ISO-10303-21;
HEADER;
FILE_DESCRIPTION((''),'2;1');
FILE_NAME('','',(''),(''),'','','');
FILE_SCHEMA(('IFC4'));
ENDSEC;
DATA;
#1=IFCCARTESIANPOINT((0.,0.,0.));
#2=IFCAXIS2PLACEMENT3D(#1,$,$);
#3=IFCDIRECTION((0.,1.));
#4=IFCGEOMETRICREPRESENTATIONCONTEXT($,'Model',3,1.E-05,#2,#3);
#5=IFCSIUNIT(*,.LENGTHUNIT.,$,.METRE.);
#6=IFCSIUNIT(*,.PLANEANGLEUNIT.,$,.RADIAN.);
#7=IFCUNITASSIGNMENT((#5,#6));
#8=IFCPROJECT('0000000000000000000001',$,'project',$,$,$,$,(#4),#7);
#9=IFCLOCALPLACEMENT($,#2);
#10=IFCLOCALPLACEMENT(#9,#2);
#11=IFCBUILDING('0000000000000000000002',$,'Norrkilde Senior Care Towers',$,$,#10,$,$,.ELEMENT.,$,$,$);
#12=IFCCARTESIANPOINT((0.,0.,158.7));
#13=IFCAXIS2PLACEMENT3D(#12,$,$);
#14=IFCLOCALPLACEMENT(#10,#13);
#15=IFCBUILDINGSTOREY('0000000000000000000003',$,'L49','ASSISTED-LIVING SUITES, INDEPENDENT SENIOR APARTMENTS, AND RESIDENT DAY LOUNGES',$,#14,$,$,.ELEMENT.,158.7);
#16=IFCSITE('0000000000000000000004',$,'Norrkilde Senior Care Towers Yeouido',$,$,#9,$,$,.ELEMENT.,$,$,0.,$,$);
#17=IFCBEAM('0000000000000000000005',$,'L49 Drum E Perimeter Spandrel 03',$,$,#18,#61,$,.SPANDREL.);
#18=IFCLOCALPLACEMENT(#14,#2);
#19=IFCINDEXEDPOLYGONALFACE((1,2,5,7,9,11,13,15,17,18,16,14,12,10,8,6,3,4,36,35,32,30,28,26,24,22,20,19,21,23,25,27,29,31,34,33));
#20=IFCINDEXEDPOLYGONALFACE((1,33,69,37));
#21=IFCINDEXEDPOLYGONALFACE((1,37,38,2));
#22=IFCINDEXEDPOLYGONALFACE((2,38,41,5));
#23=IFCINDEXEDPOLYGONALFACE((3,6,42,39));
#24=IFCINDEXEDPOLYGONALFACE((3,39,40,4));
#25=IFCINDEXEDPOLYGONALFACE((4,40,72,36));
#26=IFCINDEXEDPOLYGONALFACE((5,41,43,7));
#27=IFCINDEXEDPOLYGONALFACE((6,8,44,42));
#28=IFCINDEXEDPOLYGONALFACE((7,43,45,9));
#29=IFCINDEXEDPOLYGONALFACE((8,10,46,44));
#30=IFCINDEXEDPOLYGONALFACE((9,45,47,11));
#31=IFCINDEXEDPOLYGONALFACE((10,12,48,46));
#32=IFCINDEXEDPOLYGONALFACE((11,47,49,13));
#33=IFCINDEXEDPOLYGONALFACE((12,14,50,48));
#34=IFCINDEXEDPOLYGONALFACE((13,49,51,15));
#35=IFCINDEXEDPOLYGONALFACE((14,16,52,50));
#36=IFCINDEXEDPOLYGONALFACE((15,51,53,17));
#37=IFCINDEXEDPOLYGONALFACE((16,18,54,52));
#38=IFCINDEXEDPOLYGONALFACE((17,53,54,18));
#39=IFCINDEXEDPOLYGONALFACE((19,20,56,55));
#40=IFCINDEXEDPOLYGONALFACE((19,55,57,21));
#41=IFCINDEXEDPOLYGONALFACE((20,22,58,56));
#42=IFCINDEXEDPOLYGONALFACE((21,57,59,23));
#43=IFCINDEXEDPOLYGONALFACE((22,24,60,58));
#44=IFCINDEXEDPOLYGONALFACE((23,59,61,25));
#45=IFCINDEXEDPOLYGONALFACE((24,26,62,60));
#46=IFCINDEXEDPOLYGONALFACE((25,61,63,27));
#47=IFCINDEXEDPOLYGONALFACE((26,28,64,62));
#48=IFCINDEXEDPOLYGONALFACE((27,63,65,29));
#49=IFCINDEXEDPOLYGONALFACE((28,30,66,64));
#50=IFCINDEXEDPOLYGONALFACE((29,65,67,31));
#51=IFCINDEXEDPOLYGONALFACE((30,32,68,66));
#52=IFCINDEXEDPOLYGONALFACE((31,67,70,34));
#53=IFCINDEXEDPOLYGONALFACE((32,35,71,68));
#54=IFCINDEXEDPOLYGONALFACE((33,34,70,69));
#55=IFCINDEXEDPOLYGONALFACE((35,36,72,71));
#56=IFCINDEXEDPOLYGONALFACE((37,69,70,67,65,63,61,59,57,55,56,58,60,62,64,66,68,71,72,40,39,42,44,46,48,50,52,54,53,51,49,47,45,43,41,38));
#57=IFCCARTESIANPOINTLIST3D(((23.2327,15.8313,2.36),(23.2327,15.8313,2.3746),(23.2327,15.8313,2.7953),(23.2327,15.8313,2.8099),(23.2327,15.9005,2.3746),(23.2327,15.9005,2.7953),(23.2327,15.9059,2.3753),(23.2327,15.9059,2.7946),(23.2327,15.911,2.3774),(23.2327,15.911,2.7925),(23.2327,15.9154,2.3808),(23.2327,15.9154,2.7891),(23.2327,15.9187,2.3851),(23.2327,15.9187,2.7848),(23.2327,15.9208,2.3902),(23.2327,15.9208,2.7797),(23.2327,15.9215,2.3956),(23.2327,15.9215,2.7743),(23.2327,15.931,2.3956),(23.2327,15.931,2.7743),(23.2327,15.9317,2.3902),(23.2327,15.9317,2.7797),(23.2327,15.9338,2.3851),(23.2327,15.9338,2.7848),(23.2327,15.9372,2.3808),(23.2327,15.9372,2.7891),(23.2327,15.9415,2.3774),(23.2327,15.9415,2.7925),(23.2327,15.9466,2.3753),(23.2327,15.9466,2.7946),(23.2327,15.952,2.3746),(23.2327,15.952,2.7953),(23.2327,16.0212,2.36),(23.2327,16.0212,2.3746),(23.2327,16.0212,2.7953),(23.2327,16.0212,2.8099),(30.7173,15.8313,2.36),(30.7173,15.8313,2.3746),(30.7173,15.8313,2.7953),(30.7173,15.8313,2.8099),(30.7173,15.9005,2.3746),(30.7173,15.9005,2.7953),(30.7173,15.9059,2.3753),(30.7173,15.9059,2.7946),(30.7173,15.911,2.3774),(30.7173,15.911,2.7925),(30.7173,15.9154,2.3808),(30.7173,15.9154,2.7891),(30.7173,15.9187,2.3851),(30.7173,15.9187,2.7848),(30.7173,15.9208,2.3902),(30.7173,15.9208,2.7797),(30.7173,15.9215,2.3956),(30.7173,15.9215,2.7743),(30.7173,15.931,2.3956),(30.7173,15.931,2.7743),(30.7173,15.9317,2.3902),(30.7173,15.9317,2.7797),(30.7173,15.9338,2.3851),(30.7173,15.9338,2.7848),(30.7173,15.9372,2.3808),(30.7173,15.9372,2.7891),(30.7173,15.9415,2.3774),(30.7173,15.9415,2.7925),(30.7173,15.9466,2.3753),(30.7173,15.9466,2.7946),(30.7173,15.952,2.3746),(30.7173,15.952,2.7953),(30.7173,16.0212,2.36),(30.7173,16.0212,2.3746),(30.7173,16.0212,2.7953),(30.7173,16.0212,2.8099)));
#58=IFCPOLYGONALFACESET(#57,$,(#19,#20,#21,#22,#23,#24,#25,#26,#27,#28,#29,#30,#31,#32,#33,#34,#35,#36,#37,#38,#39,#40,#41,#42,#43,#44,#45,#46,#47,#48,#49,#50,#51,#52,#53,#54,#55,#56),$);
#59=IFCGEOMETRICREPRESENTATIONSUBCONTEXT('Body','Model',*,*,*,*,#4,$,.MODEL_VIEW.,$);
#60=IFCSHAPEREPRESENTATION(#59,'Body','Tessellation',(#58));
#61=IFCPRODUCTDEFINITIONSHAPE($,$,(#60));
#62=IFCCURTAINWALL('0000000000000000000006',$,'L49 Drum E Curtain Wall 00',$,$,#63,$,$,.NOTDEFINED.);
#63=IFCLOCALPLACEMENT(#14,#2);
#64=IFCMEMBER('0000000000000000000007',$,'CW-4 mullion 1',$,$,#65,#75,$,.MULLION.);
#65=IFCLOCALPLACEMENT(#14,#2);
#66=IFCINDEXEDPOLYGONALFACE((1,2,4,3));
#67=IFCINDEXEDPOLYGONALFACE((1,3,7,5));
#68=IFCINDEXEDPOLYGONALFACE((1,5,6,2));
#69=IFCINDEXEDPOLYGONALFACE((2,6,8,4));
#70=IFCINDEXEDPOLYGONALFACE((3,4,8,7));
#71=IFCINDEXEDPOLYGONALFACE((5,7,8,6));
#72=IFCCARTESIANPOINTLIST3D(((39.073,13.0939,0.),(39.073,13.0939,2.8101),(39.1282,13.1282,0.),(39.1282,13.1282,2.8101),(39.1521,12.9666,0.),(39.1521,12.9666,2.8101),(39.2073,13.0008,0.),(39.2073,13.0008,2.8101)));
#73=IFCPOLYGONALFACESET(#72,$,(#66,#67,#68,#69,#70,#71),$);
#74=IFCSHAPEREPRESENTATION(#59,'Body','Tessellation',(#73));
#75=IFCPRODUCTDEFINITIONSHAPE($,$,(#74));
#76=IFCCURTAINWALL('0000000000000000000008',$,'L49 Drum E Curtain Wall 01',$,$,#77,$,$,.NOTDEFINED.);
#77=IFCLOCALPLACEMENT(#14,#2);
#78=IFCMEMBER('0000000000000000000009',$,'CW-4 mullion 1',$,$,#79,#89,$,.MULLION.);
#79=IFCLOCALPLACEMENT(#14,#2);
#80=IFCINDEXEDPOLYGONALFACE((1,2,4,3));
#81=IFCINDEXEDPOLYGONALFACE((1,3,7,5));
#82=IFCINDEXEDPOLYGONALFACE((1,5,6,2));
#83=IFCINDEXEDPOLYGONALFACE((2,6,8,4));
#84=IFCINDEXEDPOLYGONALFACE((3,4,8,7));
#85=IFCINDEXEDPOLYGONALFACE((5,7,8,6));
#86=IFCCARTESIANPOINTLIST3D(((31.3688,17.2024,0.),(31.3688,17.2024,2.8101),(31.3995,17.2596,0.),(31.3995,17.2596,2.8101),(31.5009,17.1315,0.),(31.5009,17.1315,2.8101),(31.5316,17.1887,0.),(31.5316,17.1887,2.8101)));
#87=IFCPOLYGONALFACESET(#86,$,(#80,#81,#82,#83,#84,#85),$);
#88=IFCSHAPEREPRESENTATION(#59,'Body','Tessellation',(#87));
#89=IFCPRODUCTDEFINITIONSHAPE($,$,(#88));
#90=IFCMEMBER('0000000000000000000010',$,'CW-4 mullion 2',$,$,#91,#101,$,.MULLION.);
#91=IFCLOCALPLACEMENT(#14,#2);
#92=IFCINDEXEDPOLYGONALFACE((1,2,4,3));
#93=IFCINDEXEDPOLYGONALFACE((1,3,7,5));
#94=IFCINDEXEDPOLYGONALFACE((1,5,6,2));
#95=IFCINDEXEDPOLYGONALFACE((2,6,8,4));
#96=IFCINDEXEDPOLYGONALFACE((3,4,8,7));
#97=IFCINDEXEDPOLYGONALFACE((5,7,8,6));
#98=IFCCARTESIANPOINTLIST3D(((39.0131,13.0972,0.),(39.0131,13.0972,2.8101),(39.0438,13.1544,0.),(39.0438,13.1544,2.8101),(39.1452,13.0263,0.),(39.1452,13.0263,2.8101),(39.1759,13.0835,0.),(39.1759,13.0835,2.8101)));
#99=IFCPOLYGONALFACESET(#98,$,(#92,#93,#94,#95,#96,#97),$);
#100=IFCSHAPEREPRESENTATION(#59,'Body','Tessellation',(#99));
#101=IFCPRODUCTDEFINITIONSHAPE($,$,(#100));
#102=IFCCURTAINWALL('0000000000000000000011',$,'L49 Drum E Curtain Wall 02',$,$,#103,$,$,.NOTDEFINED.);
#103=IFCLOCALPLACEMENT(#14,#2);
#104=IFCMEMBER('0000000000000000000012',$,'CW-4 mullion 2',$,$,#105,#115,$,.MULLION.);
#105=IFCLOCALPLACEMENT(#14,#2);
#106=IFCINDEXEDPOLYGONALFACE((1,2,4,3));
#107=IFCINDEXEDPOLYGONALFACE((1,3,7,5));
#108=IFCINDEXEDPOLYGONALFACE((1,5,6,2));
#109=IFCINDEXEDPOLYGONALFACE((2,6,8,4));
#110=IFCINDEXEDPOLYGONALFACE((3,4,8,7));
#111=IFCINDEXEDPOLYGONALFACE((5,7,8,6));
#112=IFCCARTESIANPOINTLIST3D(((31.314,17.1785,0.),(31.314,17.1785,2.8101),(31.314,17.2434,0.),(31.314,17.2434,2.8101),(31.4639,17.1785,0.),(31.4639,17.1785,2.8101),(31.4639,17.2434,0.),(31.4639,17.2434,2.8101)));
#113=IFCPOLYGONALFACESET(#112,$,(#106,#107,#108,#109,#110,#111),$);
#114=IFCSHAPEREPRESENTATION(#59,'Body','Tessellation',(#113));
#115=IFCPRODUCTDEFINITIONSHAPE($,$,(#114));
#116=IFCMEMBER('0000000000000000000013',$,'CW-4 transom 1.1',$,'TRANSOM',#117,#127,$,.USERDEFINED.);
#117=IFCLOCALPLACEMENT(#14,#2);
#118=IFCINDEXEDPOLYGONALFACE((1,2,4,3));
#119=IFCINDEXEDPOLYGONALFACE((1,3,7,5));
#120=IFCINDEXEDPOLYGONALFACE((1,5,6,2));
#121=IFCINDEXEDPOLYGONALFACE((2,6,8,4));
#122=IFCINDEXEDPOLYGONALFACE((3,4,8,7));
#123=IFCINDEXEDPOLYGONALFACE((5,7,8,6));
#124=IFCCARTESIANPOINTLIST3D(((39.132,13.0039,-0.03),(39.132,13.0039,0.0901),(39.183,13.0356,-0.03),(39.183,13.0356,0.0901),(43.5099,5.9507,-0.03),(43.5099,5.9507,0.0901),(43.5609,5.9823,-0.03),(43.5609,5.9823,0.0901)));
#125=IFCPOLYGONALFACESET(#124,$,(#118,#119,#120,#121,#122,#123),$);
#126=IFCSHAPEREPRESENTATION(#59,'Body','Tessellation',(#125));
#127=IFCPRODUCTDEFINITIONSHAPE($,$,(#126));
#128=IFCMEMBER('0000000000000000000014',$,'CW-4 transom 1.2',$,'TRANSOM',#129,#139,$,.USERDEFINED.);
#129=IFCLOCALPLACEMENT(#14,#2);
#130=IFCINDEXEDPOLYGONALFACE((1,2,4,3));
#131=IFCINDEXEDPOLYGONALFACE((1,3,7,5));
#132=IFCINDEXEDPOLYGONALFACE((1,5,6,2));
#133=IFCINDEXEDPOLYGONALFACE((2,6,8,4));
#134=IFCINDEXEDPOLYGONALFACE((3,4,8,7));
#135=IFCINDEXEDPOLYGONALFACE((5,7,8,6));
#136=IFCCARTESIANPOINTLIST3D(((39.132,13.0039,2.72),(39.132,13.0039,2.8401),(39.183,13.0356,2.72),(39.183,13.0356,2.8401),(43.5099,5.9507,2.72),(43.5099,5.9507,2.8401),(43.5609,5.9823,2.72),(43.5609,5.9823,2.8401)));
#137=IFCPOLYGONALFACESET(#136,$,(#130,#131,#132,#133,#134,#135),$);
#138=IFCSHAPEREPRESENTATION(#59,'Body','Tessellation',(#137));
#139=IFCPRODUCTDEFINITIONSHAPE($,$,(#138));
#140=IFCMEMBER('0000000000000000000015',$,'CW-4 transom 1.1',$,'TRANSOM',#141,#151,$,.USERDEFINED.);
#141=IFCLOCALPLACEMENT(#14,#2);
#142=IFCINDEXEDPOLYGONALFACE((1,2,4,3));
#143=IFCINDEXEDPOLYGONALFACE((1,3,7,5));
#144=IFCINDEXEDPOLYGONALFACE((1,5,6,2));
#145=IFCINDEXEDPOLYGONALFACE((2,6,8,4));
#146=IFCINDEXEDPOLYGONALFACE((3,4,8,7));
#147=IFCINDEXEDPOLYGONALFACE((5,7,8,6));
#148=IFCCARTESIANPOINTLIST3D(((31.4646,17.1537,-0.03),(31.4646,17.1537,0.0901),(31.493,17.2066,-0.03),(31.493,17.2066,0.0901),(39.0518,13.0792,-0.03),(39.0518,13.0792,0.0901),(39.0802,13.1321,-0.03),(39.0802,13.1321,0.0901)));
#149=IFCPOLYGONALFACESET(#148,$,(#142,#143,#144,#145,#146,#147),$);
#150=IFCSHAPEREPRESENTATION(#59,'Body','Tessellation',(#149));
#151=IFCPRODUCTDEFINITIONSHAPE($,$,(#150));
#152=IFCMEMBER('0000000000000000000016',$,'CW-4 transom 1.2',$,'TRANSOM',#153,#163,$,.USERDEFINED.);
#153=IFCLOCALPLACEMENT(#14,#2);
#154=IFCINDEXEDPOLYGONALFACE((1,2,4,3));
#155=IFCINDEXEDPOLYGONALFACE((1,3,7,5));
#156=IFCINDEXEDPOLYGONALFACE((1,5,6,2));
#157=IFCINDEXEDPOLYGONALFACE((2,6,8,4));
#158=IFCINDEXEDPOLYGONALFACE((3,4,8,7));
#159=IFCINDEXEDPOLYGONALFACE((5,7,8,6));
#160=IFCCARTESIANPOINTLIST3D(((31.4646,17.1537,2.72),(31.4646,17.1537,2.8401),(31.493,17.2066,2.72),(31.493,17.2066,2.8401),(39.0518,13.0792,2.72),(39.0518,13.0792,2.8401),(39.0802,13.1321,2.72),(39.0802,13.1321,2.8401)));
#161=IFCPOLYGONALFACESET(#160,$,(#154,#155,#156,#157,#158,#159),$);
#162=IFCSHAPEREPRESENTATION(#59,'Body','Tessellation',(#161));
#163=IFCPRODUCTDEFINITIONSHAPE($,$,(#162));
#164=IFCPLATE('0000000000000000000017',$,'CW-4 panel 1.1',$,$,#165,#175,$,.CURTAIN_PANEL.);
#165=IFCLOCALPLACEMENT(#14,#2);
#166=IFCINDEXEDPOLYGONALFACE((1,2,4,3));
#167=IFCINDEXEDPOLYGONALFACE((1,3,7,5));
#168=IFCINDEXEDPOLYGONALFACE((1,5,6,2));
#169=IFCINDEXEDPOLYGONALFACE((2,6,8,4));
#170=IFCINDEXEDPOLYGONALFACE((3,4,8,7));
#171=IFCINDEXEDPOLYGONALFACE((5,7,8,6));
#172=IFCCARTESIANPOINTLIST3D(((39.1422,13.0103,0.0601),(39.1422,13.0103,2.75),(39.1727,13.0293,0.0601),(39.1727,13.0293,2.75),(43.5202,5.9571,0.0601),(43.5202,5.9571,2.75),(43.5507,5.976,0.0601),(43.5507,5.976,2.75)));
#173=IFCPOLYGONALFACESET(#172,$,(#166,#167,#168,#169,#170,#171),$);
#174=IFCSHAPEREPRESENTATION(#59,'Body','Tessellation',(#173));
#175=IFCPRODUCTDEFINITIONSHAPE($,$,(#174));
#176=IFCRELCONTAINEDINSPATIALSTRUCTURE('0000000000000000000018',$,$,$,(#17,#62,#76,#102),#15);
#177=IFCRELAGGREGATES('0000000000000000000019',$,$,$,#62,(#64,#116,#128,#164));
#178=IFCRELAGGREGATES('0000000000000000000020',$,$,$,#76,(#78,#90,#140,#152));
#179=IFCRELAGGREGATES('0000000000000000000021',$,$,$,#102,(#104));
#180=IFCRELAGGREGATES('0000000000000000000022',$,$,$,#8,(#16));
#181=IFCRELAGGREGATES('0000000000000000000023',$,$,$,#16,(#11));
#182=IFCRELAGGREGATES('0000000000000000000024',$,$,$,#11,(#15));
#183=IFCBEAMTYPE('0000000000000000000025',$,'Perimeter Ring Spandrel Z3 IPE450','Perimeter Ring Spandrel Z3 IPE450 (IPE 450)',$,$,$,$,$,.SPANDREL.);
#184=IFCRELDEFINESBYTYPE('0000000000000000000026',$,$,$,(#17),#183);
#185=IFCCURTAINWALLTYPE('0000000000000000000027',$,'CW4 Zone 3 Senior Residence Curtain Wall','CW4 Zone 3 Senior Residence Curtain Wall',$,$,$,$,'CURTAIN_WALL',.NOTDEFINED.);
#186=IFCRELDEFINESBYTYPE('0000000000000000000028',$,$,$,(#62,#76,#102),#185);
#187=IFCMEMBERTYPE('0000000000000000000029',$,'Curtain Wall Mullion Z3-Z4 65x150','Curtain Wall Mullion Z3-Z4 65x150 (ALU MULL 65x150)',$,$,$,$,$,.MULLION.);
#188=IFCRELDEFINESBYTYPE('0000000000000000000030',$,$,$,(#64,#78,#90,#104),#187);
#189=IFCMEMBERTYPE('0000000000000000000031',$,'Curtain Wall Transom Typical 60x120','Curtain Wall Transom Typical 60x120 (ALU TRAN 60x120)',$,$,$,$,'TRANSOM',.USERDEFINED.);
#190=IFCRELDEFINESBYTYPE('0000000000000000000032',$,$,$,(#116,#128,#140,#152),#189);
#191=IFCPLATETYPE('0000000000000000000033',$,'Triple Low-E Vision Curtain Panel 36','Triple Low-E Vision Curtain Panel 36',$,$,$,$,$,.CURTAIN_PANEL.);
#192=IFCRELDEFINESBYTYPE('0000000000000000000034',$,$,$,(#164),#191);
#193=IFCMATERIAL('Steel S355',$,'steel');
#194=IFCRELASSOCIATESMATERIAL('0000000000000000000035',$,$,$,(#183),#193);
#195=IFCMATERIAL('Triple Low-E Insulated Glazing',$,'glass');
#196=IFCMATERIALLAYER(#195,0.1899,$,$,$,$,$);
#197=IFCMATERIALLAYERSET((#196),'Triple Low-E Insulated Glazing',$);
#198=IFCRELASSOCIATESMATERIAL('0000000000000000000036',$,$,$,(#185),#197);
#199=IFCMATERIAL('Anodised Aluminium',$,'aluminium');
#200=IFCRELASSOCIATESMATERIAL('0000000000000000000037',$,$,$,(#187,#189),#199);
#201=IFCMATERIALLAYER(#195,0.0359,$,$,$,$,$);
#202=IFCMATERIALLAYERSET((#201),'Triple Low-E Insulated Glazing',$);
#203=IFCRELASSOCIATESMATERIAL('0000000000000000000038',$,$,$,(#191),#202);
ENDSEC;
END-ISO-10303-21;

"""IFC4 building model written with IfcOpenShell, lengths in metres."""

from ifc_helpers import new_model, si_unit, direction, frame, origin, origin_2d, place, context, subcontext, project, spatial, rectangle, i_section, extrude, source, transform, mapped, material, layer, layer_set, material_profile, profile_set, type_object, type_shapes, element, aggregate, save


model = new_model("IFC4")

# Units and contexts
model_context = context("Model", 3, precision=1e-05, world=origin(), true_north=direction((0.0, 1.0)))
body_context = subcontext(model_context, "Body", "Model", "MODEL_VIEW")
ifc_project = project(units=[si_unit("LENGTHUNIT", "METRE"), si_unit("PLANEANGLEUNIT", "RADIAN")], contexts=[model_context])

# Site, building, storey
site_placement = place(None, origin())
site = spatial("IfcSite", under=ifc_project, at=site_placement, Name="Norrkilde Senior Care Towers Yeouido", CompositionType="ELEMENT", RefElevation=0.0)
building_placement = place(site_placement, origin())
building = spatial("IfcBuilding", under=site, at=building_placement, Name="Norrkilde Senior Care Towers", CompositionType="ELEMENT")
storey_placement = place(building_placement, frame((0.0, 0.0, 158.7)))
storey = spatial("IfcBuildingStorey", under=building, at=storey_placement, Name="L49", Description="ASSISTED-LIVING SUITES, INDEPENDENT SENIOR APARTMENTS, AND RESIDENT DAY LOUNGES", CompositionType="ELEMENT", Elevation=158.7)

# Beam
ifc_material_1 = material(Name="Steel S355", Category="steel")
ifc_material_profile_1 = material_profile(ifc_material_1, i_section(OverallWidth=0.1899, OverallDepth=0.45, WebThickness=0.0095, FlangeThickness=0.0146, FilletRadius=0.021, at=origin_2d()), Name="IPE 450")
ifc_profile_set_1 = profile_set([ifc_material_profile_1], Name="Steel S355")
beam_type = type_object("IfcBeamType", Name="Perimeter Ring Spandrel Z3 IPE450", Description="Perimeter Ring Spandrel Z3 IPE450 (IPE 450)", PredefinedType="SPANDREL", material=ifc_profile_set_1)
shared_shape_1 = source(origin(), body_context, "Body", "SweptSolid", [
    extrude(i_section(OverallWidth=0.1899, OverallDepth=0.45, WebThickness=0.0095, FlangeThickness=0.0146, FilletRadius=0.021, at=origin_2d()), origin(), (0.0, 0.0, 1.0), 7.4846),
])
beam_1_placement = place(storey_placement, frame((30.7173, 15.9263, 2.585), z_axis=(-1.0, 0.0, 0.0), x_axis=(0.0, -1.0, 0.0)))
element("IfcBeam", 1, at=beam_1_placement, inside=storey, type_object=beam_type, Name="L49 Drum E Perimeter Spandrel 03", PredefinedType="SPANDREL", context=body_context, shape_type="MappedRepresentation", body=[
    mapped(shared_shape_1, transform((0.0, 0.0, 0.0), x_axis=(1.0, 0.0, 0.0), y_axis=(0.0, 1.0, 0.0), z_axis=(0.0, 0.0, 1.0), scale=1.0)),
])

# Curtain wall, member
ifc_material_2 = material(Name="Triple Low-E Insulated Glazing", Category="glass")
ifc_layer_1 = layer(ifc_material_2, 0.1899)
ifc_layer_set_1 = layer_set([ifc_layer_1], Name="Triple Low-E Insulated Glazing")
curtain_wall_type = type_object("IfcCurtainWallType", Name="CW4 Zone 3 Senior Residence Curtain Wall", Description="CW4 Zone 3 Senior Residence Curtain Wall", ElementType="CURTAIN_WALL", PredefinedType="NOTDEFINED", material=ifc_layer_set_1)
curtain_wall_1_placement = place(storey_placement, origin())
curtain_wall_1 = element("IfcCurtainWall", 2, at=curtain_wall_1_placement, inside=storey, type_object=curtain_wall_type, Name="L49 Drum E Curtain Wall 00", PredefinedType="NOTDEFINED")
ifc_material_3 = material(Name="Anodised Aluminium", Category="aluminium")
ifc_material_profile_2 = material_profile(ifc_material_3, rectangle(XDim=0.0649, YDim=0.1499, at=origin_2d()), Name="ALU MULL 65x150")
ifc_profile_set_2 = profile_set([ifc_material_profile_2], Name="Anodised Aluminium")
member_type_1 = type_object("IfcMemberType", Name="Curtain Wall Mullion Z3-Z4 65x150", Description="Curtain Wall Mullion Z3-Z4 65x150 (ALU MULL 65x150)", PredefinedType="MULLION", material=ifc_profile_set_2)
shared_shape_2 = source(origin(), body_context, "Body", "SweptSolid", [
    extrude(rectangle(XDim=0.0649, YDim=0.1499, at=origin_2d()), origin(), (0.0, 0.0, 1.0), 2.8101),
])
type_shapes(member_type_1, [shared_shape_2])
member_1_placement = place(storey_placement, frame((39.1401, 13.0474, 0.0), z_axis=(0.0, 0.0, 1.0), x_axis=(0.849634, 0.527373, 0.0)))
member_1 = element("IfcMember", 3, at=member_1_placement, type_object=member_type_1, Name="CW-4 mullion 1", PredefinedType="MULLION", context=body_context, shape_type="MappedRepresentation", body=[
    mapped(shared_shape_2, transform((0.0, 0.0, 0.0), x_axis=(1.0, 0.0, 0.0), y_axis=(0.0, 1.0, 0.0), z_axis=(0.0, 0.0, 1.0), scale=1.0)),
])

# Curtain wall, members
curtain_wall_2_placement = place(storey_placement, origin())
curtain_wall_2 = element("IfcCurtainWall", 4, at=curtain_wall_2_placement, inside=storey, type_object=curtain_wall_type, Name="L49 Drum E Curtain Wall 01", PredefinedType="NOTDEFINED")
member_2_placement = place(storey_placement, frame((31.4502, 17.1956, 0.0), z_axis=(0.0, 0.0, 1.0), x_axis=(0.473117, 0.881, 0.0)))
member_2 = element("IfcMember", 5, at=member_2_placement, type_object=member_type_1, Name="CW-4 mullion 1", PredefinedType="MULLION", context=body_context, shape_type="MappedRepresentation", body=[
    mapped(shared_shape_2, transform((0.0, 0.0, 0.0), x_axis=(1.0, 0.0, 0.0), y_axis=(0.0, 1.0, 0.0), z_axis=(0.0, 0.0, 1.0), scale=1.0)),
])
member_3_placement = place(storey_placement, frame((39.0945, 13.0903, 0.0), z_axis=(0.0, 0.0, 1.0), x_axis=(0.473117, 0.881, 0.0)))
member_3 = element("IfcMember", 6, at=member_3_placement, type_object=member_type_1, Name="CW-4 mullion 2", PredefinedType="MULLION", context=body_context, shape_type="MappedRepresentation", body=[
    mapped(shared_shape_2, transform((0.0, 0.0, 0.0), x_axis=(1.0, 0.0, 0.0), y_axis=(0.0, 1.0, 0.0), z_axis=(0.0, 0.0, 1.0), scale=1.0)),
])

# Curtain wall, member
curtain_wall_3_placement = place(storey_placement, origin())
curtain_wall_3 = element("IfcCurtainWall", 7, at=curtain_wall_3_placement, inside=storey, type_object=curtain_wall_type, Name="L49 Drum E Curtain Wall 02", PredefinedType="NOTDEFINED")
member_4_placement = place(storey_placement, frame((31.3889, 17.2109, 0.0), z_axis=(0.0, 0.0, 1.0), x_axis=(0.0, 1.0, 0.0)))
member_4 = element("IfcMember", 8, at=member_4_placement, type_object=member_type_1, Name="CW-4 mullion 2", PredefinedType="MULLION", context=body_context, shape_type="MappedRepresentation", body=[
    mapped(shared_shape_2, transform((0.0, 0.0, 0.0), x_axis=(1.0, 0.0, 0.0), y_axis=(0.0, 1.0, 0.0), z_axis=(0.0, 0.0, 1.0), scale=1.0)),
])

# Members
ifc_material_profile_3 = material_profile(ifc_material_3, rectangle(XDim=0.0601, YDim=0.1201, at=origin_2d()), Name="ALU TRAN 60x120")
ifc_profile_set_3 = profile_set([ifc_material_profile_3], Name="Anodised Aluminium")
member_type_2 = type_object("IfcMemberType", Name="Curtain Wall Transom Typical 60x120", Description="Curtain Wall Transom Typical 60x120 (ALU TRAN 60x120)", ElementType="TRANSOM", PredefinedType="USERDEFINED", material=ifc_profile_set_3)
shared_shape_3 = source(origin(), body_context, "Body", "SweptSolid", [
    extrude(rectangle(XDim=0.0601, YDim=0.1201, at=origin_2d()), origin(), (0.0, 0.0, 1.0), 8.3015),
])
member_5_placement = place(storey_placement, frame((39.1575, 13.0198, 0.03), z_axis=(0.527369, -0.849637, 0.0), x_axis=(0.849637, 0.527369, 0.0)))
member_5 = element("IfcMember", 9, at=member_5_placement, type_object=member_type_2, Name="CW-4 transom 1.1", ObjectType="TRANSOM", PredefinedType="USERDEFINED", context=body_context, shape_type="MappedRepresentation", body=[
    mapped(shared_shape_3, transform((0.0, 0.0, 0.0), x_axis=(1.0, 0.0, 0.0), y_axis=(0.0, 1.0, 0.0), z_axis=(0.0, 0.0, 1.0), scale=1.0)),
])
member_6_placement = place(storey_placement, frame((39.1575, 13.0198, 2.78), z_axis=(0.527369, -0.849637, 0.0), x_axis=(0.849637, 0.527369, 0.0)))
member_6 = element("IfcMember", 10, at=member_6_placement, type_object=member_type_2, Name="CW-4 transom 1.2", ObjectType="TRANSOM", PredefinedType="USERDEFINED", context=body_context, shape_type="MappedRepresentation", body=[
    mapped(shared_shape_3, transform((0.0, 0.0, 0.0), x_axis=(1.0, 0.0, 0.0), y_axis=(0.0, 1.0, 0.0), z_axis=(0.0, 0.0, 1.0), scale=1.0)),
])
shared_shape_4 = source(origin(), body_context, "Body", "SweptSolid", [
    extrude(rectangle(XDim=0.0601, YDim=0.1201, at=origin_2d()), origin(), (0.0, 0.0, 1.0), 8.6121),
])
type_shapes(member_type_2, [shared_shape_3, shared_shape_4])
member_7_placement = place(storey_placement, frame((31.4788, 17.1802, 0.03), z_axis=(0.881, -0.473116, 0.0), x_axis=(0.473116, 0.881, 0.0)))
member_7 = element("IfcMember", 11, at=member_7_placement, type_object=member_type_2, Name="CW-4 transom 1.1", ObjectType="TRANSOM", PredefinedType="USERDEFINED", context=body_context, shape_type="MappedRepresentation", body=[
    mapped(shared_shape_4, transform((0.0, 0.0, 0.0), x_axis=(1.0, 0.0, 0.0), y_axis=(0.0, 1.0, 0.0), z_axis=(0.0, 0.0, 1.0), scale=1.0)),
])
member_8_placement = place(storey_placement, frame((31.4788, 17.1802, 2.78), z_axis=(0.881, -0.473116, 0.0), x_axis=(0.473116, 0.881, 0.0)))
member_8 = element("IfcMember", 12, at=member_8_placement, type_object=member_type_2, Name="CW-4 transom 1.2", ObjectType="TRANSOM", PredefinedType="USERDEFINED", context=body_context, shape_type="MappedRepresentation", body=[
    mapped(shared_shape_4, transform((0.0, 0.0, 0.0), x_axis=(1.0, 0.0, 0.0), y_axis=(0.0, 1.0, 0.0), z_axis=(0.0, 0.0, 1.0), scale=1.0)),
])

# Plate
ifc_layer_2 = layer(ifc_material_2, 0.0359)
ifc_layer_set_2 = layer_set([ifc_layer_2], Name="Triple Low-E Insulated Glazing")
plate_type = type_object("IfcPlateType", Name="Triple Low-E Vision Curtain Panel 36", Description="Triple Low-E Vision Curtain Panel 36", PredefinedType="CURTAIN_PANEL", material=ifc_layer_set_2)
shared_shape_5 = source(origin(), body_context, "Body", "SweptSolid", [
    extrude(rectangle(XDim=8.3015, YDim=0.0359, at=origin_2d()), origin(), (0.0, 0.0, 1.0), 2.6899),
])
plate_1_placement = place(storey_placement, frame((41.3464, 9.4932, 0.0601), z_axis=(0.0, 0.0, 1.0), x_axis=(0.527373, -0.849634, 0.0)))
plate_1 = element("IfcPlate", 13, at=plate_1_placement, type_object=plate_type, Name="CW-4 panel 1.1", PredefinedType="CURTAIN_PANEL", context=body_context, shape_type="MappedRepresentation", body=[
    mapped(shared_shape_5, transform((0.0, 0.0, 0.0), x_axis=(1.0, 0.0, 0.0), y_axis=(0.0, 1.0, 0.0), z_axis=(0.0, 0.0, 1.0), scale=1.0)),
])
aggregate(curtain_wall_1, [member_1, member_5, member_6, plate_1])
aggregate(curtain_wall_2, [member_2, member_3, member_7, member_8])
aggregate(curtain_wall_3, [member_4])

save(model, "model.ifc")
